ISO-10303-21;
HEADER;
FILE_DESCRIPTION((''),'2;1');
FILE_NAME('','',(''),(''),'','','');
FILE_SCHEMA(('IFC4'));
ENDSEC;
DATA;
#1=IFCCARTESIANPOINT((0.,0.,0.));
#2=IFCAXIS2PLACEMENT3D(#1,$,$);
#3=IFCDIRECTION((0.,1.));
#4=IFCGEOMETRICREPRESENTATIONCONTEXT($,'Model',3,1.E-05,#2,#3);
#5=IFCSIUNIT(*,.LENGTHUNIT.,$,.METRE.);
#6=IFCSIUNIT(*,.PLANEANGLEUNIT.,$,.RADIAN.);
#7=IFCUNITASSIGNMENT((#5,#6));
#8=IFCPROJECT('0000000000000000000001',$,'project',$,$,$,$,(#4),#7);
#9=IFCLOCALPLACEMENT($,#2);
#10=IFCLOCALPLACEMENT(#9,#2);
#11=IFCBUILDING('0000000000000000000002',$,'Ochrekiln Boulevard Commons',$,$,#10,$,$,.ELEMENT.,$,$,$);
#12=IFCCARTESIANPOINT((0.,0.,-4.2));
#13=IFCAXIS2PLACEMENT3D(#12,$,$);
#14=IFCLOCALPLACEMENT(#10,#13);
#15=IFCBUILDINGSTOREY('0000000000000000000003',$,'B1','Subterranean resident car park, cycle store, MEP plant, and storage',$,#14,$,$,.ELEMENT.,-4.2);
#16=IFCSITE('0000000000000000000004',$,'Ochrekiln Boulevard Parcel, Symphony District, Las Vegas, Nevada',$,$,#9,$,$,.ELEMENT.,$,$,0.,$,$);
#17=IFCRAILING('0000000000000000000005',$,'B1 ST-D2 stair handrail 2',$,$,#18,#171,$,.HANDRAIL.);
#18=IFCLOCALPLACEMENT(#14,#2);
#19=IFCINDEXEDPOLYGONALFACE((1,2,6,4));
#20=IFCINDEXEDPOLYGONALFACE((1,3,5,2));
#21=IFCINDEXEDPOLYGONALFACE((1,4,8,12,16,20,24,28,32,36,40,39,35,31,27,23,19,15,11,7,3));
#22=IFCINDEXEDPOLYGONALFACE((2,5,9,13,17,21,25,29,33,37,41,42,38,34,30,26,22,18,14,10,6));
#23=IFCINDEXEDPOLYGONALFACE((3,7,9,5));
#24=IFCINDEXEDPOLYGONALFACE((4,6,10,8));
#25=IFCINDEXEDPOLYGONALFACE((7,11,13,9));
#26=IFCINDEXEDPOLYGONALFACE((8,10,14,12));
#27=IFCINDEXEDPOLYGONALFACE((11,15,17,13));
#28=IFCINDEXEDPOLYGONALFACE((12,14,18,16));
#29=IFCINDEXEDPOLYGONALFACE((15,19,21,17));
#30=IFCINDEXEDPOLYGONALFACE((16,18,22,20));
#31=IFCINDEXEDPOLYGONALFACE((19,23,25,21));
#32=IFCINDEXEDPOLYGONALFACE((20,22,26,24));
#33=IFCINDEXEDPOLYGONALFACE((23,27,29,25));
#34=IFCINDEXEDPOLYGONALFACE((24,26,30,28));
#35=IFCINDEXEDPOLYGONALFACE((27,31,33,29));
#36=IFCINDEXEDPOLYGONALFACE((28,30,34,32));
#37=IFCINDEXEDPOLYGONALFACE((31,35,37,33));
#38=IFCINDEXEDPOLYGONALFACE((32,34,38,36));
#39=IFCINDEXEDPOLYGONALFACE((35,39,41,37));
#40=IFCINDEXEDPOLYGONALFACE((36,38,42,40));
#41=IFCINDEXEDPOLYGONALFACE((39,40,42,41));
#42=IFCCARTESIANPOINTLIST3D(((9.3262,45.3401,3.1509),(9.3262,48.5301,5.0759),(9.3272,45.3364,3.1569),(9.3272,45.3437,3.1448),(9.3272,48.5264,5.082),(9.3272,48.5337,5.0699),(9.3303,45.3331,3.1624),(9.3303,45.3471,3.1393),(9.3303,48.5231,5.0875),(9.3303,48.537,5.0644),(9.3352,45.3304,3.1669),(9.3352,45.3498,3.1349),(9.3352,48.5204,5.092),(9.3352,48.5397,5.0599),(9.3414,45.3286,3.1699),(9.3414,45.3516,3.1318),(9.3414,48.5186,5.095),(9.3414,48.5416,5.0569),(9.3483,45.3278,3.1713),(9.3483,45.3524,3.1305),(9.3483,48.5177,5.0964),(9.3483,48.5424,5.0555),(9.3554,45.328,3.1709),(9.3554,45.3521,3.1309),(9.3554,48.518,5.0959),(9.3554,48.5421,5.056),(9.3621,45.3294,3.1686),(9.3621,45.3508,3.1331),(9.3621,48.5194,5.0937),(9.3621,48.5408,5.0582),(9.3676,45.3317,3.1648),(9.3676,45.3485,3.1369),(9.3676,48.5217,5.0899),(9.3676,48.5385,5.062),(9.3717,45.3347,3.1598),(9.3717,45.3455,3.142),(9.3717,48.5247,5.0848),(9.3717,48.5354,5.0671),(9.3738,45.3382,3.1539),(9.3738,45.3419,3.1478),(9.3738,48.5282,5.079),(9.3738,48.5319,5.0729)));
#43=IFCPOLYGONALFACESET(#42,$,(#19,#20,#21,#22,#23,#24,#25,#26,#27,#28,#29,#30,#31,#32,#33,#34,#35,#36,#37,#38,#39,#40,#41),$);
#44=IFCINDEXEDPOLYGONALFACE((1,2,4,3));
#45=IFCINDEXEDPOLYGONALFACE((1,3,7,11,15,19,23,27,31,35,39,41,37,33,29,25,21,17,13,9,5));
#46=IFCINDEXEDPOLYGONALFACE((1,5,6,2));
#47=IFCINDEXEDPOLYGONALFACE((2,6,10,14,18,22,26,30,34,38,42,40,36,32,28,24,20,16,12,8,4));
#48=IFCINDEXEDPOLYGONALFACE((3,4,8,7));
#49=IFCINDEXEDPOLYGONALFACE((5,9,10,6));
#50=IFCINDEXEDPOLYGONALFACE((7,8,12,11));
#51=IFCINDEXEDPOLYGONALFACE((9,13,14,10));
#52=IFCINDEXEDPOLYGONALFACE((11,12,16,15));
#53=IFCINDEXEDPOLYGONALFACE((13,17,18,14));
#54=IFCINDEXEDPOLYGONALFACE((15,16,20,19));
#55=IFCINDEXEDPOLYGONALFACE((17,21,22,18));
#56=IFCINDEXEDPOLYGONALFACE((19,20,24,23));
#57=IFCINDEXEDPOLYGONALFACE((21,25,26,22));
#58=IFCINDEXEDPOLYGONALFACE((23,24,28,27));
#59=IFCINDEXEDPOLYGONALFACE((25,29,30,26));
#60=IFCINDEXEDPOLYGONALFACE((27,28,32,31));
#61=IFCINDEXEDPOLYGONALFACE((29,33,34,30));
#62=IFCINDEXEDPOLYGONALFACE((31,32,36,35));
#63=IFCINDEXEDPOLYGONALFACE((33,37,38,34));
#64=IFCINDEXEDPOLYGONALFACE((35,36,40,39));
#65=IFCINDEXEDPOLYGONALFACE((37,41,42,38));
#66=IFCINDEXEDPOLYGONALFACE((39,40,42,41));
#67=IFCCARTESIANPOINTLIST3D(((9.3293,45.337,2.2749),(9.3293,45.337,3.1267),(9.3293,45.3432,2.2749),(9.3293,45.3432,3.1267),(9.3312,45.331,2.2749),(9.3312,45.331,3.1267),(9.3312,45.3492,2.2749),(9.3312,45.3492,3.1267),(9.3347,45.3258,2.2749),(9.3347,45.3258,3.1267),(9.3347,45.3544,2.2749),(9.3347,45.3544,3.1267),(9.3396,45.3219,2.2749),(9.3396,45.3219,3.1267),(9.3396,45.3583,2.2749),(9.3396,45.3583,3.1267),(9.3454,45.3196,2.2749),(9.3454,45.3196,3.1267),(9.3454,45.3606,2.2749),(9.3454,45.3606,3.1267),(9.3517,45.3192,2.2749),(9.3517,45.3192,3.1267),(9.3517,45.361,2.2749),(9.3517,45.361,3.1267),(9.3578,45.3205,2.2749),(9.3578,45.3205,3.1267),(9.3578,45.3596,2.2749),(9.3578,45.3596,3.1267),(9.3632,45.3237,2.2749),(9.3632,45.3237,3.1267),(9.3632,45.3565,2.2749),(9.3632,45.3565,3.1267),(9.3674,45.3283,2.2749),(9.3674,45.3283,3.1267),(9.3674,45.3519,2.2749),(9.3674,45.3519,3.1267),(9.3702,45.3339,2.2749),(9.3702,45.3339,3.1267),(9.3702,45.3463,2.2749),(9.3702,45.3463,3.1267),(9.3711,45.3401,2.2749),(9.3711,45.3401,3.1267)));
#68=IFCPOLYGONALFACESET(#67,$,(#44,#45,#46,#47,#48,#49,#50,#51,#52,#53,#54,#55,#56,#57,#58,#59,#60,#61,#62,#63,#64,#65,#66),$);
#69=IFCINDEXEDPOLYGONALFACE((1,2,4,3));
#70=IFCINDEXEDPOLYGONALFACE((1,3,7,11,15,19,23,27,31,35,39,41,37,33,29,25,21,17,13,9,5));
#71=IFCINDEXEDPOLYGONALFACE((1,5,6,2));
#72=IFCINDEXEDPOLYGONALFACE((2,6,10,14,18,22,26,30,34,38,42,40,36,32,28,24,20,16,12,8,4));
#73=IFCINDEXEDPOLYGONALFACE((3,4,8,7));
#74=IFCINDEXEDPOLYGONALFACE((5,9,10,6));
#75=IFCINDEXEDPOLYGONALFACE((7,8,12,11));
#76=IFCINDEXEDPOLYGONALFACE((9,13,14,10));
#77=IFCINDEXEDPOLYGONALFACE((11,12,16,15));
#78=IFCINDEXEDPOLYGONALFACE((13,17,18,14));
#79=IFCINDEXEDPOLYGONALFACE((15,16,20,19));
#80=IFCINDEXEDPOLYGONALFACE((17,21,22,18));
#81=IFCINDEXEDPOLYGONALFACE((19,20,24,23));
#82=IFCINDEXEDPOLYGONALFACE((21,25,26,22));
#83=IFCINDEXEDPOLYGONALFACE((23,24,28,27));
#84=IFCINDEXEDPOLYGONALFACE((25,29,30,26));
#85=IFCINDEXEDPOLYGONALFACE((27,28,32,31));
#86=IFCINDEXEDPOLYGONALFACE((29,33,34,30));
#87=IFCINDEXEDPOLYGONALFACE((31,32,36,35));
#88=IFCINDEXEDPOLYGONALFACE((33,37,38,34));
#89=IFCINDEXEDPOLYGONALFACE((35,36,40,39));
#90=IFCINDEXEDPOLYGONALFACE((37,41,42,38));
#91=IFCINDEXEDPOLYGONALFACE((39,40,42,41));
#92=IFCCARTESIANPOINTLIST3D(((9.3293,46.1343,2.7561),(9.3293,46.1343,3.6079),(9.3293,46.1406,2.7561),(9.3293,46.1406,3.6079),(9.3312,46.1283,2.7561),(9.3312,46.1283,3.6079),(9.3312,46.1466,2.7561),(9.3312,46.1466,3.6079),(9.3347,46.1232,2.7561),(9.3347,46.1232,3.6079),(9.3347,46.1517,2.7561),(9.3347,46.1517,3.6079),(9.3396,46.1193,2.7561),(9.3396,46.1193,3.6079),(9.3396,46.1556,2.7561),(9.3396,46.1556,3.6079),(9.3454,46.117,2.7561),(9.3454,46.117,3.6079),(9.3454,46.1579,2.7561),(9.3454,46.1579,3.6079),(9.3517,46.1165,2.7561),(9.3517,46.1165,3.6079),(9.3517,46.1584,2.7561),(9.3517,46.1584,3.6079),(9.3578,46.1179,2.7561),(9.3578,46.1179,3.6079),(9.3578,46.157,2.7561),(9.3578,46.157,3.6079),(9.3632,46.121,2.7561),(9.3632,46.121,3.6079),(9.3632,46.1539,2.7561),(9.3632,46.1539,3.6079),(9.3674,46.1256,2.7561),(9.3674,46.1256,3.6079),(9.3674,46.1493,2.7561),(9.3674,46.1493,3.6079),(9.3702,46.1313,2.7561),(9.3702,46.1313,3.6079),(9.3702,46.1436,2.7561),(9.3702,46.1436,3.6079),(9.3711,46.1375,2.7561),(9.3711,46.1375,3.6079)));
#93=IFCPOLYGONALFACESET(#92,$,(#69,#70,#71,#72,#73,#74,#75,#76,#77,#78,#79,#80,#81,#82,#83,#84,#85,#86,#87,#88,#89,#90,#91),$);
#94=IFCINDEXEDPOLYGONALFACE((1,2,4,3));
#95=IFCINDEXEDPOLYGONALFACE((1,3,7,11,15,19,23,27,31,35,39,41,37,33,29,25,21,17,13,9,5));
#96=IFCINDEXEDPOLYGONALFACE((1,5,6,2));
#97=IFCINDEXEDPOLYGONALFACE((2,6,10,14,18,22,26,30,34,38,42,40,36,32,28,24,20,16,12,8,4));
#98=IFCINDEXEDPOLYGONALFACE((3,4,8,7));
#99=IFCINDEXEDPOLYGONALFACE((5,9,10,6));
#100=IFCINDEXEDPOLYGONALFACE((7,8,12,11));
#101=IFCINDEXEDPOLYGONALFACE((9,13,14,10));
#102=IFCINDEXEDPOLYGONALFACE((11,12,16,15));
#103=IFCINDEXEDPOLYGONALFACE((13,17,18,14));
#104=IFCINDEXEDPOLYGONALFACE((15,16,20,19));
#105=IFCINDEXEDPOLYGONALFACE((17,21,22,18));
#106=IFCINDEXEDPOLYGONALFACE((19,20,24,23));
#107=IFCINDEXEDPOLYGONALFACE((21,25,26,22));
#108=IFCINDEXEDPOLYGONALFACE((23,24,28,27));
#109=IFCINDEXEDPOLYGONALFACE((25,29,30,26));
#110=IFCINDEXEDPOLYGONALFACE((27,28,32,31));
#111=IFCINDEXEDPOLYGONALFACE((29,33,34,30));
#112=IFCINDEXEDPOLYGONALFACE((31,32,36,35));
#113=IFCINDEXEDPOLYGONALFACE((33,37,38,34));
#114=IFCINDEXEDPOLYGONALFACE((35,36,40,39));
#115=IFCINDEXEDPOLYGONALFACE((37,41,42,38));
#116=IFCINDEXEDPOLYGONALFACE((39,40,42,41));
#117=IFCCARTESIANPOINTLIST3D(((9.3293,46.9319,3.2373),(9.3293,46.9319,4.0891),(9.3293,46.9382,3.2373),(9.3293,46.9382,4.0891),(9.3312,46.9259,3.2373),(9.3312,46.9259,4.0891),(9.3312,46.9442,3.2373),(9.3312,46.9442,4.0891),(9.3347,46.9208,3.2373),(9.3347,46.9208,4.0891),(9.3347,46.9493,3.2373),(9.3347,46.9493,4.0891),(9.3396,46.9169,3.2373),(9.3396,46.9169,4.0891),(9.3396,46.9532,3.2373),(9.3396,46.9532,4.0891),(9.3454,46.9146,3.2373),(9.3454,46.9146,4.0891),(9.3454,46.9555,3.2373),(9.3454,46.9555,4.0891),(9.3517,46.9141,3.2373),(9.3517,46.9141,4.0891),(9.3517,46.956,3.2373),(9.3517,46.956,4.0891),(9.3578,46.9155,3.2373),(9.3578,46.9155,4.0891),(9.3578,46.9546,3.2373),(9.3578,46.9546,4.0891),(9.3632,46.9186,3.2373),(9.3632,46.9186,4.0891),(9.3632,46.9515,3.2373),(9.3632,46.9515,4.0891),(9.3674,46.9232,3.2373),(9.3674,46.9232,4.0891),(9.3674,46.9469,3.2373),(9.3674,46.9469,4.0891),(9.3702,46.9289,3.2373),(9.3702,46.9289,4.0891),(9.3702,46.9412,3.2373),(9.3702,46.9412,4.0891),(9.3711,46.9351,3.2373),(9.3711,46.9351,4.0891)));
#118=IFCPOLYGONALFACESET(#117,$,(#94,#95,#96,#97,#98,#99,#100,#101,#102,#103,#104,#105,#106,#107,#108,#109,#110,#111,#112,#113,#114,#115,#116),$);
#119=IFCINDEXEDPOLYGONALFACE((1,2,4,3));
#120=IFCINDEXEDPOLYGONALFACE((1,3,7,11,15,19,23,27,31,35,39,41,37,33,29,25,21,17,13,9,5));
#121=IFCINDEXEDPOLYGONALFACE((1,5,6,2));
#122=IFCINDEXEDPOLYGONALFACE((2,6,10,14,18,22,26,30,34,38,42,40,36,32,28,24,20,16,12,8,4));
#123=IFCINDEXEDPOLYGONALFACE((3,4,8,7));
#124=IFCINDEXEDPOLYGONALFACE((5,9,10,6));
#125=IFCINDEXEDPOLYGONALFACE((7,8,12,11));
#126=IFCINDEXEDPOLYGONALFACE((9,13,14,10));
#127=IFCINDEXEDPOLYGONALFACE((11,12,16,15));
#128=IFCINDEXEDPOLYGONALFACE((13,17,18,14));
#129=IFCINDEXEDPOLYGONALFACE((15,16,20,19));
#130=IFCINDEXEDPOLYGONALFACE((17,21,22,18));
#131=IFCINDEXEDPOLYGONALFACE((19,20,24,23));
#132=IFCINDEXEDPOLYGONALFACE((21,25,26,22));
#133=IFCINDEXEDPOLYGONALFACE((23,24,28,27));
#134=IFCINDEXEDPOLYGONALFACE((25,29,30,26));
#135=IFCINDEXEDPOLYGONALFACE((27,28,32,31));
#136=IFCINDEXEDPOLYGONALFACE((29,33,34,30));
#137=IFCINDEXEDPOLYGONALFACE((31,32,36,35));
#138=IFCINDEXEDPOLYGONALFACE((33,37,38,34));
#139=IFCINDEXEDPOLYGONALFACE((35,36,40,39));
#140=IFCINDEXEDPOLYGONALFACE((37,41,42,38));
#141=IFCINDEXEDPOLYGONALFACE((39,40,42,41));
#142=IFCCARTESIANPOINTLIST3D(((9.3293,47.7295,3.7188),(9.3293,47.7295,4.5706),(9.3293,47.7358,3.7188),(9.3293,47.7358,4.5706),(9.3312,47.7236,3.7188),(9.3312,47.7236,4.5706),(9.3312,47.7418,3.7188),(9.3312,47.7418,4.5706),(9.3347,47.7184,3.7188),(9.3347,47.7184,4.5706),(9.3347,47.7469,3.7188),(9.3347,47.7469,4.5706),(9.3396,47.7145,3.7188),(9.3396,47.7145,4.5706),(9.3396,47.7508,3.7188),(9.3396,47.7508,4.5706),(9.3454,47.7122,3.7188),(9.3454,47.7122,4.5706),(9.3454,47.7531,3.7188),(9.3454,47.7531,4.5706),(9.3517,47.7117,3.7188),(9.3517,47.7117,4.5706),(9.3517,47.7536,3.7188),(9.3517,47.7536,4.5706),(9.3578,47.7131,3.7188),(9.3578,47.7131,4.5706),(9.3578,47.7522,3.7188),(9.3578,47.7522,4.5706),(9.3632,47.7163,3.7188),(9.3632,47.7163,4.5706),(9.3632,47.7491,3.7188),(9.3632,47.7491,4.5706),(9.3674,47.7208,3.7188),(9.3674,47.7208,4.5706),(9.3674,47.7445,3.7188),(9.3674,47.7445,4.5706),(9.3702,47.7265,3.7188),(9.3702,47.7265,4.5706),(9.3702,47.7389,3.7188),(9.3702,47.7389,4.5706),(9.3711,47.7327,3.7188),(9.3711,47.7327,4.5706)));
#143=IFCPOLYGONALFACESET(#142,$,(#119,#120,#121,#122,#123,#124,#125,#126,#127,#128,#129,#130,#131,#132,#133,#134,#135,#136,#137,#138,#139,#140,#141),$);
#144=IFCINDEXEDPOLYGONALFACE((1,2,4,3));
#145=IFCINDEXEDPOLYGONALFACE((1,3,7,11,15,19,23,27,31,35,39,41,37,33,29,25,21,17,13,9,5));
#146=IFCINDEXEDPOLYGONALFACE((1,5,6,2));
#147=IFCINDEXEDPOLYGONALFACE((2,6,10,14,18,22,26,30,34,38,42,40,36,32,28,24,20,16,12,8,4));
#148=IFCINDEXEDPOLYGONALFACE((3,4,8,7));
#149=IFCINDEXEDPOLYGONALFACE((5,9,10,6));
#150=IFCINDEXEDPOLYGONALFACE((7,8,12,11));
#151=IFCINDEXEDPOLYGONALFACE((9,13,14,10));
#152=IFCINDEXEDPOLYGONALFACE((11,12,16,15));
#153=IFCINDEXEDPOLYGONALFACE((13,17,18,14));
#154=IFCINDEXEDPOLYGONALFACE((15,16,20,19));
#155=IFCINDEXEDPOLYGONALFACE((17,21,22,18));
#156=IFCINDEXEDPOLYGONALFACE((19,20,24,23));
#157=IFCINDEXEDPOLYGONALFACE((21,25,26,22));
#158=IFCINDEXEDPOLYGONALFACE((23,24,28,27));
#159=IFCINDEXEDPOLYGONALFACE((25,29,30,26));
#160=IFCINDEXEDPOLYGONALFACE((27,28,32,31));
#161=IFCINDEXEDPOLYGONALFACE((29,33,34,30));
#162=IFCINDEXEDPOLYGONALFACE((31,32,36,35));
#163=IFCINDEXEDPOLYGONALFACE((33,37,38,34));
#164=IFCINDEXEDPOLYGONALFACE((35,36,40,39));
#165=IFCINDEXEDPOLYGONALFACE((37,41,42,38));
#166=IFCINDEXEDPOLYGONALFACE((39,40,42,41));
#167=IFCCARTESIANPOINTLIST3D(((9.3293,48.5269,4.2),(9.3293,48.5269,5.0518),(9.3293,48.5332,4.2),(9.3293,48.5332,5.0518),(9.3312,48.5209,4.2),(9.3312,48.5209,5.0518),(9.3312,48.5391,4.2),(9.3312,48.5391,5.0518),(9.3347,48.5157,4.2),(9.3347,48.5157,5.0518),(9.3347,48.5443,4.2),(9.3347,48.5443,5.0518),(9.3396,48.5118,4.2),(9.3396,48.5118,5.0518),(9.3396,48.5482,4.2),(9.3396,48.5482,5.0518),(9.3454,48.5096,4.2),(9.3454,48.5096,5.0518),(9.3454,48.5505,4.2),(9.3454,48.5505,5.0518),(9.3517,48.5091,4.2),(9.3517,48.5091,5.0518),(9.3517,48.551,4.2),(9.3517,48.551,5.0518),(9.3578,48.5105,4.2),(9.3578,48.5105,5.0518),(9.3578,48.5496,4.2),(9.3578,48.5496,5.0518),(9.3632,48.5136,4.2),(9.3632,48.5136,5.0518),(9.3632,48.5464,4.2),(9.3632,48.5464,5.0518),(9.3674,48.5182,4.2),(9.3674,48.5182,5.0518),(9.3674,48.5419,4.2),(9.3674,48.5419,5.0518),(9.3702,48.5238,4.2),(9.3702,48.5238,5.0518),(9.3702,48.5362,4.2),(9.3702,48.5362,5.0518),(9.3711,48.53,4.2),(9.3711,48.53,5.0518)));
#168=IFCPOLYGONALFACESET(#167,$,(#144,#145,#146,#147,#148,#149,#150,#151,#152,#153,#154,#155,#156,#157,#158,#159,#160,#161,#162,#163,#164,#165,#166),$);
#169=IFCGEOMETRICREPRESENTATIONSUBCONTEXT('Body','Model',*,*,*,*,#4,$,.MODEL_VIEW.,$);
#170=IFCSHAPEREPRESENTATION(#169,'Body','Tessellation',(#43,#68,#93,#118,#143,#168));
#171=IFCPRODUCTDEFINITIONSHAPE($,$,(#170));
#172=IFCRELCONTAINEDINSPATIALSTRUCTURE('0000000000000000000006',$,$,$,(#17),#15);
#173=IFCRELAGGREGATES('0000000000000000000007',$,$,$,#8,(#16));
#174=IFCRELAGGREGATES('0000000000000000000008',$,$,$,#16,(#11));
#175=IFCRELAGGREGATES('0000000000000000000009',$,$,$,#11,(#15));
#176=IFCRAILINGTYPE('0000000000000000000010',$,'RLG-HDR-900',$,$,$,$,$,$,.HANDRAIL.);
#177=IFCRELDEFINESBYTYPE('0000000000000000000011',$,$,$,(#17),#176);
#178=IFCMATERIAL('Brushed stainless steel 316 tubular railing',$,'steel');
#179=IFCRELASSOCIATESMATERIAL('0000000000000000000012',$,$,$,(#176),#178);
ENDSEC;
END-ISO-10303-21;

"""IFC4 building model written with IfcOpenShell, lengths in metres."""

from ifc_helpers import new_model, si_unit, direction, frame, origin, origin_2d, place, context, subcontext, project, spatial, circle, extrude, material, type_object, element, save


model = new_model("IFC4")

# Units and contexts
model_context = context("Model", 3, precision=1e-05, world=origin(), true_north=direction((0.0, 1.0)))
body_context = subcontext(model_context, "Body", "Model", "MODEL_VIEW")
ifc_project = project(units=[si_unit("LENGTHUNIT", "METRE"), si_unit("PLANEANGLEUNIT", "RADIAN")], contexts=[model_context])

# Site, building, storey
site_placement = place(None, origin())
site = spatial("IfcSite", under=ifc_project, at=site_placement, Name="Ochrekiln Boulevard Parcel, Symphony District, Las Vegas, Nevada", CompositionType="ELEMENT", RefElevation=0.0)
building_placement = place(site_placement, origin())
building = spatial("IfcBuilding", under=site, at=building_placement, Name="Ochrekiln Boulevard Commons", CompositionType="ELEMENT")
storey_placement = place(building_placement, frame((0.0, 0.0, -4.2)))
storey = spatial("IfcBuildingStorey", under=building, at=storey_placement, Name="B1", Description="Subterranean resident car park, cycle store, MEP plant, and storage", CompositionType="ELEMENT", Elevation=-4.2)

# Railing
ifc_material_1 = material(Name="Brushed stainless steel 316 tubular railing", Category="steel")
railing_type_1 = type_object("IfcRailingType", Name="RLG-HDR-900", PredefinedType="HANDRAIL", material=ifc_material_1)
railing_1_placement = place(storey_placement, frame((9.3501, 45.3401, 2.2749)))
element("IfcRailing", 1, at=railing_1_placement, inside=storey, type_object=railing_type_1, Name="B1 ST-D2 stair handrail 2", PredefinedType="HANDRAIL", context=body_context, shape_type="SweptSolid", body=[
    extrude(circle(Radius=0.0239, at=origin_2d()), frame((0.0, 0.0, 0.876), z_axis=(0.0, 0.856178, 0.516682), x_axis=(-1.0, 0.0, 0.0)), (0.0, 0.0, 1.0), 3.7258),
    extrude(circle(Radius=0.021, at=origin_2d()), origin(), (0.0, 0.0, 1.0), 0.8518),
    extrude(circle(Radius=0.021, at=origin_2d()), frame((0.0, 0.7974, 0.4812)), (0.0, 0.0, 1.0), 0.8518),
    extrude(circle(Radius=0.021, at=origin_2d()), frame((0.0, 1.595, 0.9624)), (0.0, 0.0, 1.0), 0.8518),
    extrude(circle(Radius=0.021, at=origin_2d()), frame((0.0, 2.3926, 1.4438)), (0.0, 0.0, 1.0), 0.8518),
    extrude(circle(Radius=0.021, at=origin_2d()), frame((0.0, 3.1899, 1.925)), (0.0, 0.0, 1.0), 0.8518),
])

save(model, "model.ifc")
